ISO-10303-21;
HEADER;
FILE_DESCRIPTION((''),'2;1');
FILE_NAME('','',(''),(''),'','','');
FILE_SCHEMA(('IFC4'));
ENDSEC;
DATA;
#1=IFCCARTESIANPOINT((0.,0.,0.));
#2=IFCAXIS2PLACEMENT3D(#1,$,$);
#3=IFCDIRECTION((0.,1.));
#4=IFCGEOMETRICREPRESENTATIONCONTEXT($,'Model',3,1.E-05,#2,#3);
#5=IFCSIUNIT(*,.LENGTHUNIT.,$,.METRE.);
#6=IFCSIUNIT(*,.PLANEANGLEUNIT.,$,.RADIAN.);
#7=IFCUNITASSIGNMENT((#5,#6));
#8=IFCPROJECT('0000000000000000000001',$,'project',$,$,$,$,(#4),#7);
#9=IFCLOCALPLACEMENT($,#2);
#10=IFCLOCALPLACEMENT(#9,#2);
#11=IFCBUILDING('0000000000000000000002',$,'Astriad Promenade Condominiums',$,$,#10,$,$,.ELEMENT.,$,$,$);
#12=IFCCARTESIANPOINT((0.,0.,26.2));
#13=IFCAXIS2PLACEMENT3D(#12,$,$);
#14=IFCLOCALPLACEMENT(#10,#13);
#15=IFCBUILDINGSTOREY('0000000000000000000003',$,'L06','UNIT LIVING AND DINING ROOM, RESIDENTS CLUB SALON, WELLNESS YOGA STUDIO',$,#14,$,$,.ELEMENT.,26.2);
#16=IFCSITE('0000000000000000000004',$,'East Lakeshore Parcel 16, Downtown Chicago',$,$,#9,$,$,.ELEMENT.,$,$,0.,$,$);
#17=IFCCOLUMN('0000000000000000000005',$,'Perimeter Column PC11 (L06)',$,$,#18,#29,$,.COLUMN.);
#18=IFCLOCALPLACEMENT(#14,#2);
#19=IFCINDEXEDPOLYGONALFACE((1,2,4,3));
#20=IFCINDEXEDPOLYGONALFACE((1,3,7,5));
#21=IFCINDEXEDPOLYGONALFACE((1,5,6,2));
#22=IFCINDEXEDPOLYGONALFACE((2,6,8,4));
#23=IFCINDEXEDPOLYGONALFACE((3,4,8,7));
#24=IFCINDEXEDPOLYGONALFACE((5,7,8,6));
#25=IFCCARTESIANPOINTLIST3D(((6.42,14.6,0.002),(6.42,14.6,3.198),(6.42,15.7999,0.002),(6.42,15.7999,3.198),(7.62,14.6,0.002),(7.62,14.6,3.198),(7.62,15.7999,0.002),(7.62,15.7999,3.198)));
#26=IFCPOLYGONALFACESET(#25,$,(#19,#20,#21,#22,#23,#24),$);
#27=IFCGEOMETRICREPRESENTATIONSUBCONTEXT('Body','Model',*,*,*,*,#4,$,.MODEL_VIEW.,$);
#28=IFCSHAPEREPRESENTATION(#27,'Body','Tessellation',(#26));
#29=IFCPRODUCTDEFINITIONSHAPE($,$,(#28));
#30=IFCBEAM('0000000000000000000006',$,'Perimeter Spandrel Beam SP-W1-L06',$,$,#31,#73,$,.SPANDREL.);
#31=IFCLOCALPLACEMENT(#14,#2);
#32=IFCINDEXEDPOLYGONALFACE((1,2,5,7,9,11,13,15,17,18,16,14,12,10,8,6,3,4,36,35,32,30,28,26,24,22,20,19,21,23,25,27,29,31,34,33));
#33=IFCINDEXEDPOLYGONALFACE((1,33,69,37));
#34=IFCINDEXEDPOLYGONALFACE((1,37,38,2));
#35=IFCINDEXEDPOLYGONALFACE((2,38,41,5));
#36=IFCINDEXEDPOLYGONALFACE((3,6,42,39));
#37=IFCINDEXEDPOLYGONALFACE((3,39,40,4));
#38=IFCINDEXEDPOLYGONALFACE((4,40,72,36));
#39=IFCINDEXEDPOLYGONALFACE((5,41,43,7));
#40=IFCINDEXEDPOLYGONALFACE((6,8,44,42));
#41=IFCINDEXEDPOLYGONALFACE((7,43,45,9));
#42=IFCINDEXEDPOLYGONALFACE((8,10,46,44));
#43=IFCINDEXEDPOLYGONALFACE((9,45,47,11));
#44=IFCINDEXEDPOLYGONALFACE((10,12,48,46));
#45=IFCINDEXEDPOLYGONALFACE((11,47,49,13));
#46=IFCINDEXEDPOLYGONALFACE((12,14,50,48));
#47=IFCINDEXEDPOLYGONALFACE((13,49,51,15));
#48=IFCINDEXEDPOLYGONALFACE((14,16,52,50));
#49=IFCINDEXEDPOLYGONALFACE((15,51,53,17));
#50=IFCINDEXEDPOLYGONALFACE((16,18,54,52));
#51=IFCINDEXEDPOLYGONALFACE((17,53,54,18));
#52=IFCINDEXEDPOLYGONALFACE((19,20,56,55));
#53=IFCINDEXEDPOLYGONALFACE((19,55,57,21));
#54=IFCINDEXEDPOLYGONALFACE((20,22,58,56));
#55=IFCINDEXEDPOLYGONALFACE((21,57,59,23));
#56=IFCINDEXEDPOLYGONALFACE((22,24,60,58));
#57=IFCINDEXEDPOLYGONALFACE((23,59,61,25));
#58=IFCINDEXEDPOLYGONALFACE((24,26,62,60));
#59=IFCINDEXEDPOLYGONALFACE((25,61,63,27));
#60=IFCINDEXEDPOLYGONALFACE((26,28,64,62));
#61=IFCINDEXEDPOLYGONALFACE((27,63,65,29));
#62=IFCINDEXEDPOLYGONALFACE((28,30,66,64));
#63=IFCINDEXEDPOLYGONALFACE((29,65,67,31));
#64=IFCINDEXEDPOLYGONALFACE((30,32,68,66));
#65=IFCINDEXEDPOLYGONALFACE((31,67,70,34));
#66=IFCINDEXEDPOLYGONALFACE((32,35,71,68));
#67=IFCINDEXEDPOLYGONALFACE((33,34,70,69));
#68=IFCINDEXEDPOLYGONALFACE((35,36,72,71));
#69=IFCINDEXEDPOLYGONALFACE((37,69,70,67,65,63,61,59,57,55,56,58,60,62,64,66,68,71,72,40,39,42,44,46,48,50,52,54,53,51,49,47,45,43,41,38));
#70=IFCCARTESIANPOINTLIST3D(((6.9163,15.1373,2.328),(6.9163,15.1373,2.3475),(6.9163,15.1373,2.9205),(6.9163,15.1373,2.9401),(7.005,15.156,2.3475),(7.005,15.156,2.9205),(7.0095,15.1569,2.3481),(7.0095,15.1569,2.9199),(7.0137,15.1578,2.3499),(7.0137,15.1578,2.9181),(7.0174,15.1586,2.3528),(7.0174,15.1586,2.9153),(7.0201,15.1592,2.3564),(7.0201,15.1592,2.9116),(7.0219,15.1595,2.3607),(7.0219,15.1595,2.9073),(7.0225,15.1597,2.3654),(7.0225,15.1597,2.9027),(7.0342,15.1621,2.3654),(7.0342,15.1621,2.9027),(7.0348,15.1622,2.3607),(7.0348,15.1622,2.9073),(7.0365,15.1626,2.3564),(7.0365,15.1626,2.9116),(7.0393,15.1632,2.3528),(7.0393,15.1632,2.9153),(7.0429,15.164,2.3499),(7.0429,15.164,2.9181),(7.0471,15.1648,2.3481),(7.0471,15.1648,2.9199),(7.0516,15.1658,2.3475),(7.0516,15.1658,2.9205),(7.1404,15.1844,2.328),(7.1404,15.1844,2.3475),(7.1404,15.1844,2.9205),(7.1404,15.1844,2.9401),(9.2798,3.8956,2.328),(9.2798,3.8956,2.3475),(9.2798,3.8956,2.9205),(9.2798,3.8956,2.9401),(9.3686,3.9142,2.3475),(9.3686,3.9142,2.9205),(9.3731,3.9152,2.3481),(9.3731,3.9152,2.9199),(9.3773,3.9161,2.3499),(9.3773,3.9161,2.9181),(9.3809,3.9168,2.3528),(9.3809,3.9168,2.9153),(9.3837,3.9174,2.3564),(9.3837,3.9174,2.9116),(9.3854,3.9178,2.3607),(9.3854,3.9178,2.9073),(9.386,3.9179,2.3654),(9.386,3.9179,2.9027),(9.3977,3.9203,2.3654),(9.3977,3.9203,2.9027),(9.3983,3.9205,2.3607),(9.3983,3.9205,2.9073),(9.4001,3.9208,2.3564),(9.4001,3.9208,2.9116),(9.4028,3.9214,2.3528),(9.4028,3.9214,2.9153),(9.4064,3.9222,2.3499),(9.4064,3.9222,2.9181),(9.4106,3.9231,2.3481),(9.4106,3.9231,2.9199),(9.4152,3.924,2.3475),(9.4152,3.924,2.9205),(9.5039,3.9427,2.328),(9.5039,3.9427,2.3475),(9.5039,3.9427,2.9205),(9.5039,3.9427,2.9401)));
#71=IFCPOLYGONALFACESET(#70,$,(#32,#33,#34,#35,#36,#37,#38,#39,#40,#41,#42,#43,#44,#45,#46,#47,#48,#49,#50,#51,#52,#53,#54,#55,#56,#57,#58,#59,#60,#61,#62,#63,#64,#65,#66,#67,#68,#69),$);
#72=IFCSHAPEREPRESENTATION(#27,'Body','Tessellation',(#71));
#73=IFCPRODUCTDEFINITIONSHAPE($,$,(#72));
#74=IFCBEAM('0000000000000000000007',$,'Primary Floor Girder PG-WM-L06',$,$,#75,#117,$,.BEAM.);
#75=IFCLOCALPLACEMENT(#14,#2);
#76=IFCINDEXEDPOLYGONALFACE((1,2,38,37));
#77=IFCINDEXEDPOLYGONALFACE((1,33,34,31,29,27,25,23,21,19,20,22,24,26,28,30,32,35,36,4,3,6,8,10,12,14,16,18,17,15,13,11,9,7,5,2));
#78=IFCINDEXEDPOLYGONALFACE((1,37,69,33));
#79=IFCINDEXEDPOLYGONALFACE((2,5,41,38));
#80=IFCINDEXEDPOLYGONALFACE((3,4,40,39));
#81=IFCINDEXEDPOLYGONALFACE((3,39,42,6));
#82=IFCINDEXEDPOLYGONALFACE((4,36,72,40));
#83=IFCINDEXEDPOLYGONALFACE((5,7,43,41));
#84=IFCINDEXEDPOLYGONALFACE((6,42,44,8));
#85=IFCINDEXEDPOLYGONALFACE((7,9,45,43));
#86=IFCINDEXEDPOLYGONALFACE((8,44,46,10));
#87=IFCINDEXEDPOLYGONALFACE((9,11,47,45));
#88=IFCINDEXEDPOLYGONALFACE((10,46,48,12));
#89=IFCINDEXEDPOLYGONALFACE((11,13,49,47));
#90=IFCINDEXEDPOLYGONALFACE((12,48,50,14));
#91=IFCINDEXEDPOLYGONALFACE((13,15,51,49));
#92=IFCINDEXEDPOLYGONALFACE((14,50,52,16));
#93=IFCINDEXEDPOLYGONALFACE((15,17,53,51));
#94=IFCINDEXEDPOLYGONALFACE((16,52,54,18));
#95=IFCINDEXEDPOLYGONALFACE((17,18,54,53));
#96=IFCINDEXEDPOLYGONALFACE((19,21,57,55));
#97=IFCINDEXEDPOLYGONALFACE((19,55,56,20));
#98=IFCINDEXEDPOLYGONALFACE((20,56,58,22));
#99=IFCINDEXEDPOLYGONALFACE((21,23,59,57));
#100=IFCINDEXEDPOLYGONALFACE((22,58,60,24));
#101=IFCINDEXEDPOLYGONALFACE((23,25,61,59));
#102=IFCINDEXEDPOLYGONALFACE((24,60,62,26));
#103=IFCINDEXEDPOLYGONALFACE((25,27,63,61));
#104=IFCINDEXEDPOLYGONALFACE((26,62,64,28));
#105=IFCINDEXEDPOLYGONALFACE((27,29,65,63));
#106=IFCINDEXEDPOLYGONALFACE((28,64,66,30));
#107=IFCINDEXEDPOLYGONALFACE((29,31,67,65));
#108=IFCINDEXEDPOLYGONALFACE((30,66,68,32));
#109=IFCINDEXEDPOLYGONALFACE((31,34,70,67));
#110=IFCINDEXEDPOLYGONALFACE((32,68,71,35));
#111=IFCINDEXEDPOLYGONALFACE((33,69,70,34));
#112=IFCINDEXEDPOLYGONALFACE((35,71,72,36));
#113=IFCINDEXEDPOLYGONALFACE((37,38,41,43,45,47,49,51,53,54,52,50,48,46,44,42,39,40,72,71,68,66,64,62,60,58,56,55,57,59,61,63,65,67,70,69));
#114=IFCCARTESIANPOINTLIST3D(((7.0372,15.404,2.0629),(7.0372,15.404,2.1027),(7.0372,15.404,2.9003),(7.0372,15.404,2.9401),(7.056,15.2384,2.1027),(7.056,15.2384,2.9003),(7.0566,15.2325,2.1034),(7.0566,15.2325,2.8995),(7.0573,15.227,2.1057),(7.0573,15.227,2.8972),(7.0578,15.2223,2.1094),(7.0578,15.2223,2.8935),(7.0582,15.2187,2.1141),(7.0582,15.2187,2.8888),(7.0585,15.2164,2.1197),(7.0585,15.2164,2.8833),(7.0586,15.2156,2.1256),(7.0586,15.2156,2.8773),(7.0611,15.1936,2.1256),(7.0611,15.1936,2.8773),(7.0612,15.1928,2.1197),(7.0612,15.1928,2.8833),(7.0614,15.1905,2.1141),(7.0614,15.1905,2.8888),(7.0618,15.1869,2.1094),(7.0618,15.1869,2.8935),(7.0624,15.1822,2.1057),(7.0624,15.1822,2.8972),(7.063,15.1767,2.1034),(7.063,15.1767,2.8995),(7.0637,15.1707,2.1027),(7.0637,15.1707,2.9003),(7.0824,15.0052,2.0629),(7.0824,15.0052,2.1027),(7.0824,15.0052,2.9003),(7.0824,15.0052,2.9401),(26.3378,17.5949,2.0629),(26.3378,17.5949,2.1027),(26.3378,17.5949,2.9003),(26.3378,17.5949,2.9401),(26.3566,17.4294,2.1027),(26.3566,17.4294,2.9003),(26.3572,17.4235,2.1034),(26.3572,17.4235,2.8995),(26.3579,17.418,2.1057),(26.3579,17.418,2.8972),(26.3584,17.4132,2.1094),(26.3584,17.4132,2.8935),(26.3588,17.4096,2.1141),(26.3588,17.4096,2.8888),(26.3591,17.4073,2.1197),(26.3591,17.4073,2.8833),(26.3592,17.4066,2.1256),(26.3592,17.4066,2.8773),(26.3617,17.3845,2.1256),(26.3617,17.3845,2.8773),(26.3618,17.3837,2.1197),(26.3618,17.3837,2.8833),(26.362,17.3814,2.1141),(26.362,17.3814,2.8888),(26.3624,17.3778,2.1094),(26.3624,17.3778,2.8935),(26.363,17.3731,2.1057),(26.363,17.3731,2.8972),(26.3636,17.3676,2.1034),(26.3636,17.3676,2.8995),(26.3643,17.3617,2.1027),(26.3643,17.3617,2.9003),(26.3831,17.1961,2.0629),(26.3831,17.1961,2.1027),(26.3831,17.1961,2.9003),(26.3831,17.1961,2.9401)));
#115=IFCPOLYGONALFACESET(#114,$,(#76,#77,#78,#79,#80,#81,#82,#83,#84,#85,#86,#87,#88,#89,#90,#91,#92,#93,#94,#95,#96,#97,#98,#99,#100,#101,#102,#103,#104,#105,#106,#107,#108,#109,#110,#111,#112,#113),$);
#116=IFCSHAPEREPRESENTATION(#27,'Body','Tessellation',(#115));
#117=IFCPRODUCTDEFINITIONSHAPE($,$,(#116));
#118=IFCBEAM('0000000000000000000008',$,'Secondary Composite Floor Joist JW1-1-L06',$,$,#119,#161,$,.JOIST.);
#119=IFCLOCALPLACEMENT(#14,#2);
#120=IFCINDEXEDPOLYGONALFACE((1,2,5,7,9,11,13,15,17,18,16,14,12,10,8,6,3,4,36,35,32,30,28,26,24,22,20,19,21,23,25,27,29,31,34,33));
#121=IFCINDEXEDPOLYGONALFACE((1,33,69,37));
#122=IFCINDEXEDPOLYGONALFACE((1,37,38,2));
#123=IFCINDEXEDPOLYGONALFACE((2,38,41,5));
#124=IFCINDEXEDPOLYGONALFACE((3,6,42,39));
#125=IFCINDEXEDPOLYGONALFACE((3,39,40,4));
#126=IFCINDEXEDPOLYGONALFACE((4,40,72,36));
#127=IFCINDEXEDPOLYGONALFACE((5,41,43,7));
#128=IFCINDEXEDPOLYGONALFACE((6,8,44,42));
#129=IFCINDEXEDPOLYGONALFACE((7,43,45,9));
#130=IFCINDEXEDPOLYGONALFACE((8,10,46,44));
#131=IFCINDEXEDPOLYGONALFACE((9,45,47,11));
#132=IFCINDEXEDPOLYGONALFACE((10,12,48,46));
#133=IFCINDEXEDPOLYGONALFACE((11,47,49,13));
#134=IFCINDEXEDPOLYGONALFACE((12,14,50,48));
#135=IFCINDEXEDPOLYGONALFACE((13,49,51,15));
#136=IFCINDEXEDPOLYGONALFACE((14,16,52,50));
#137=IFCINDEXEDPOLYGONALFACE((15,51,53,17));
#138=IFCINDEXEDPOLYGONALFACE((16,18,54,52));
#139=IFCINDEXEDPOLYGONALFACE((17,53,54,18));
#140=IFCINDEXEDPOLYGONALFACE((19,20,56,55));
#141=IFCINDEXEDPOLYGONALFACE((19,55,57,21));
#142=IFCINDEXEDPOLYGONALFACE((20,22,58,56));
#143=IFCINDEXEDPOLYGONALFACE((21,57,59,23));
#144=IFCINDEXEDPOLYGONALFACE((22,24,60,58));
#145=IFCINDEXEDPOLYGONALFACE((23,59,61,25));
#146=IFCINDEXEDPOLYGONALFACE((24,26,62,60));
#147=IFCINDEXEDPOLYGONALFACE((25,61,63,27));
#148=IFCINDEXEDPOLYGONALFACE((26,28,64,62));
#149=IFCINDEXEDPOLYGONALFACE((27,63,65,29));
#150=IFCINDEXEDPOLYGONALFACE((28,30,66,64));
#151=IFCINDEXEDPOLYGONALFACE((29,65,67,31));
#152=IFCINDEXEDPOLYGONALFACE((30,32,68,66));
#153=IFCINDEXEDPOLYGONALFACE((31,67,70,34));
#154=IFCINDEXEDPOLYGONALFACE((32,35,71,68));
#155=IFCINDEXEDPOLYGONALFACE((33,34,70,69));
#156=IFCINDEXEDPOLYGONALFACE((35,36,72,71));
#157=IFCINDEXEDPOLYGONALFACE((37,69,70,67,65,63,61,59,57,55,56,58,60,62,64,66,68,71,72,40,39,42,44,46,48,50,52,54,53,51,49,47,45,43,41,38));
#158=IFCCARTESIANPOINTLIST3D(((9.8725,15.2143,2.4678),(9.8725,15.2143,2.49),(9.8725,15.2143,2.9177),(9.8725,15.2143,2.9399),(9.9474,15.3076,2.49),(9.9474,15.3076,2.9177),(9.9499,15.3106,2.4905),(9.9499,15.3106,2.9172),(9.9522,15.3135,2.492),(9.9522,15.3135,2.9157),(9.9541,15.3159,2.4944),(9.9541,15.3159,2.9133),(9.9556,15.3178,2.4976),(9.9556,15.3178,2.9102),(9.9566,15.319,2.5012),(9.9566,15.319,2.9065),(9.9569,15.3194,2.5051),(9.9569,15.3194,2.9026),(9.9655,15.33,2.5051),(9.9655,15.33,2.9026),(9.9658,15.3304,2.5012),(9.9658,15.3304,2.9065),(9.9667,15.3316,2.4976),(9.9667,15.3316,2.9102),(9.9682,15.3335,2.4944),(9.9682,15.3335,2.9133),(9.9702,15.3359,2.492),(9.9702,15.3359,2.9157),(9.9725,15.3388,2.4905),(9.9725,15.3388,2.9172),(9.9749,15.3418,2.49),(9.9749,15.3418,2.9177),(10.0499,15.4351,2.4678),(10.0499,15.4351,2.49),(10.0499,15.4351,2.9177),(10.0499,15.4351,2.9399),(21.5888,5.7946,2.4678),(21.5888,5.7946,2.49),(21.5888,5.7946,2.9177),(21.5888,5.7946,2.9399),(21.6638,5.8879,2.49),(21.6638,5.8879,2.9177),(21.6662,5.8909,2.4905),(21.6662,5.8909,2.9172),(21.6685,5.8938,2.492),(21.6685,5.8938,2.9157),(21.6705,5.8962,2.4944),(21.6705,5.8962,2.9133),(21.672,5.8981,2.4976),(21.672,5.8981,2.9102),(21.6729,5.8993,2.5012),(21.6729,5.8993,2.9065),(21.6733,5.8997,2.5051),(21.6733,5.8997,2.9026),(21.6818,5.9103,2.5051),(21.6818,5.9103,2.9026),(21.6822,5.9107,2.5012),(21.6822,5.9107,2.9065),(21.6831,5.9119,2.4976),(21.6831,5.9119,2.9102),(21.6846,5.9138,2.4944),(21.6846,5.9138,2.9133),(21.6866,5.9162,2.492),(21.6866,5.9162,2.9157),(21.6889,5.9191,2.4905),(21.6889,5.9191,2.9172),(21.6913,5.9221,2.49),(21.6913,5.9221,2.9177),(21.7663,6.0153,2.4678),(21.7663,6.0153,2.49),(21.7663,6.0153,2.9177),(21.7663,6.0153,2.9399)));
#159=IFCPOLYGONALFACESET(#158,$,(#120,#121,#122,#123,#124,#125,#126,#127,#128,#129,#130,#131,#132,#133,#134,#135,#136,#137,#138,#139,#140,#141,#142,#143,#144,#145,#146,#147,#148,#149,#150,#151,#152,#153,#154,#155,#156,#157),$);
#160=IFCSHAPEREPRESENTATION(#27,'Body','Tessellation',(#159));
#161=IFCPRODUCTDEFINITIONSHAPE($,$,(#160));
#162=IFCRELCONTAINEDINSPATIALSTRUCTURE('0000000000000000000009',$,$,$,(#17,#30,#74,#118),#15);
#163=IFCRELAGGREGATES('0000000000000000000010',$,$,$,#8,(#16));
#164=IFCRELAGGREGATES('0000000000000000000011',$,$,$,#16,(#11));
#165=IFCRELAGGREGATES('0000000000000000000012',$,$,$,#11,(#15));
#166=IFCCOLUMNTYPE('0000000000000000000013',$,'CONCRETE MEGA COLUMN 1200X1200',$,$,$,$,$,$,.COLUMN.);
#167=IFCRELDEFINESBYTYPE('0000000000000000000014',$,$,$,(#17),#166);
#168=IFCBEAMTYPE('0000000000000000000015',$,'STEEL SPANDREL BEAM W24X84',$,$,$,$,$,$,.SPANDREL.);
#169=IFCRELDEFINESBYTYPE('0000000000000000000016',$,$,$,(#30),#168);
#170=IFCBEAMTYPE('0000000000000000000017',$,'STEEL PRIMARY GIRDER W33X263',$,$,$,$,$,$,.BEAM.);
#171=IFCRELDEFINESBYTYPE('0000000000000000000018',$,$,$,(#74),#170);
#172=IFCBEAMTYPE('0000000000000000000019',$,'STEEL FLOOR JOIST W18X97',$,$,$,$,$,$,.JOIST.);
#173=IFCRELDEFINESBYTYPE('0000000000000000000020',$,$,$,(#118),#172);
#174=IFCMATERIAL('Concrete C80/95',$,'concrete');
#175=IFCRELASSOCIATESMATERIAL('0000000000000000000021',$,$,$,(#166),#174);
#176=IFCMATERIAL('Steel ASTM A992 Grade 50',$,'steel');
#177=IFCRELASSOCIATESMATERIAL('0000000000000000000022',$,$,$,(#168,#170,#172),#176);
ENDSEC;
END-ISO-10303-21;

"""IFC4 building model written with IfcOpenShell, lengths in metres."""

from ifc_helpers import new_model, si_unit, direction, frame, origin, origin_2d, place, context, subcontext, project, spatial, rectangle, i_section, extrude, source, transform, mapped, material, material_profile, profile_set, type_object, type_shapes, element, save


model = new_model("IFC4")

# Units and contexts
model_context = context("Model", 3, precision=1e-05, world=origin(), true_north=direction((0.0, 1.0)))
body_context = subcontext(model_context, "Body", "Model", "MODEL_VIEW")
ifc_project = project(units=[si_unit("LENGTHUNIT", "METRE"), si_unit("PLANEANGLEUNIT", "RADIAN")], contexts=[model_context])

# Site, building, storey
site_placement = place(None, origin())
site = spatial("IfcSite", under=ifc_project, at=site_placement, Name="East Lakeshore Parcel 16, Downtown Chicago", CompositionType="ELEMENT", RefElevation=0.0)
building_placement = place(site_placement, origin())
building = spatial("IfcBuilding", under=site, at=building_placement, Name="Astriad Promenade Condominiums", CompositionType="ELEMENT")
storey_placement = place(building_placement, frame((0.0, 0.0, 26.2)))
storey = spatial("IfcBuildingStorey", under=building, at=storey_placement, Name="L06", Description="UNIT LIVING AND DINING ROOM, RESIDENTS CLUB SALON, WELLNESS YOGA STUDIO", CompositionType="ELEMENT", Elevation=26.2)

# Column
ifc_material_1 = material(Name="Concrete C80/95", Category="concrete")
ifc_material_profile_1 = material_profile(ifc_material_1, rectangle(XDim=1.2, YDim=1.2, at=origin_2d()), Name="RC-COL-1200X1200")
ifc_profile_set_1 = profile_set([ifc_material_profile_1], Name="Concrete C80/95")
column_type = type_object("IfcColumnType", Name="CONCRETE MEGA COLUMN 1200X1200", PredefinedType="COLUMN", material=ifc_profile_set_1)
shared_shape_1 = source(origin(), body_context, "Body", "SweptSolid", [
    extrude(rectangle(XDim=1.2, YDim=1.2, at=origin_2d()), origin(), (0.0, 0.0, 1.0), 3.196),
])
type_shapes(column_type, [shared_shape_1])
column_placement = place(storey_placement, frame((7.02, 15.2, 0.002), z_axis=(0.0, 0.0, 1.0), x_axis=(1.0, 0.0, 0.0)))
element("IfcColumn", 1, at=column_placement, inside=storey, type_object=column_type, Name="Perimeter Column PC11 (L06)", PredefinedType="COLUMN", context=body_context, shape_type="MappedRepresentation", body=[
    mapped(shared_shape_1, transform((0.0, 0.0, 0.0), scale=1.0)),
])

# Beams
ifc_material_2 = material(Name="Steel ASTM A992 Grade 50", Category="steel")
ifc_material_profile_2 = material_profile(ifc_material_2, i_section(OverallWidth=0.229, OverallDepth=0.6121, WebThickness=0.012, FlangeThickness=0.0195, FilletRadius=0.0178, at=origin_2d()), Name="W24X84")
ifc_profile_set_2 = profile_set([ifc_material_profile_2], Name="Steel ASTM A992 Grade 50")
beam_type_1 = type_object("IfcBeamType", Name="STEEL SPANDREL BEAM W24X84", PredefinedType="SPANDREL", material=ifc_profile_set_2)
shared_shape_2 = source(origin(), body_context, "Body", "SweptSolid", [
    extrude(i_section(OverallWidth=0.229, OverallDepth=0.6121, WebThickness=0.012, FlangeThickness=0.0195, FilletRadius=0.0178, at=origin_2d()), origin(), (0.0, 0.0, 1.0), 11.4875),
])
type_shapes(beam_type_1, [shared_shape_2])
beam_1_placement = place(storey_placement, frame((7.0283, 15.1609, 2.634), z_axis=(0.205748, -0.978605, 0.0), x_axis=(0.978605, 0.205748, 0.0)))
element("IfcBeam", 2, at=beam_1_placement, inside=storey, type_object=beam_type_1, Name="Perimeter Spandrel Beam SP-W1-L06", PredefinedType="SPANDREL", context=body_context, shape_type="MappedRepresentation", body=[
    mapped(shared_shape_2, transform((0.0, 0.0, 0.0), scale=1.0)),
])
ifc_material_profile_3 = material_profile(ifc_material_2, i_section(OverallWidth=0.4014, OverallDepth=0.8772, WebThickness=0.0222, FlangeThickness=0.0398, FilletRadius=0.0229, at=origin_2d()), Name="W33X263")
ifc_profile_set_3 = profile_set([ifc_material_profile_3], Name="Steel ASTM A992 Grade 50")
beam_type_2 = type_object("IfcBeamType", Name="STEEL PRIMARY GIRDER W33X263", PredefinedType="BEAM", material=ifc_profile_set_3)
shared_shape_3 = source(origin(), body_context, "Body", "SweptSolid", [
    extrude(i_section(OverallWidth=0.4014, OverallDepth=0.8772, WebThickness=0.0222, FlangeThickness=0.0398, FilletRadius=0.0229, at=origin_2d()), origin(), (0.0, 0.0, 1.0), 19.4246),
])
type_shapes(beam_type_2, [shared_shape_3])
beam_2_placement = place(storey_placement, frame((7.0598, 15.2046, 2.5015), z_axis=(0.993619, 0.112792, 0.0), x_axis=(-0.112792, 0.993619, 0.0)))
element("IfcBeam", 3, at=beam_2_placement, inside=storey, type_object=beam_type_2, Name="Primary Floor Girder PG-WM-L06", PredefinedType="BEAM", context=body_context, shape_type="MappedRepresentation", body=[
    mapped(shared_shape_3, transform((0.0, 0.0, 0.0), scale=1.0)),
])
ifc_material_profile_4 = material_profile(ifc_material_2, i_section(OverallWidth=0.2832, OverallDepth=0.4722, WebThickness=0.0137, FlangeThickness=0.0222, FilletRadius=0.0151, at=origin_2d()), Name="W18X97")
ifc_profile_set_4 = profile_set([ifc_material_profile_4], Name="Steel ASTM A992 Grade 50")
beam_type_3 = type_object("IfcBeamType", Name="STEEL FLOOR JOIST W18X97", PredefinedType="JOIST", material=ifc_profile_set_4)
shared_shape_4 = source(origin(), body_context, "Body", "SweptSolid", [
    extrude(i_section(OverallWidth=0.2832, OverallDepth=0.4722, WebThickness=0.0137, FlangeThickness=0.0222, FilletRadius=0.0151, at=origin_2d()), origin(), (0.0, 0.0, 1.0), 15.0334),
])
beam_3_placement = place(storey_placement, frame((9.9612, 15.3247, 2.7039), z_axis=(0.779353, -0.626585, 0.0), x_axis=(0.626585, 0.779353, 0.0)))
element("IfcBeam", 4, at=beam_3_placement, inside=storey, type_object=beam_type_3, Name="Secondary Composite Floor Joist JW1-1-L06", PredefinedType="JOIST", context=body_context, shape_type="MappedRepresentation", body=[
    mapped(shared_shape_4, transform((0.0, 0.0, 0.0), scale=1.0)),
])

save(model, "model.ifc")
